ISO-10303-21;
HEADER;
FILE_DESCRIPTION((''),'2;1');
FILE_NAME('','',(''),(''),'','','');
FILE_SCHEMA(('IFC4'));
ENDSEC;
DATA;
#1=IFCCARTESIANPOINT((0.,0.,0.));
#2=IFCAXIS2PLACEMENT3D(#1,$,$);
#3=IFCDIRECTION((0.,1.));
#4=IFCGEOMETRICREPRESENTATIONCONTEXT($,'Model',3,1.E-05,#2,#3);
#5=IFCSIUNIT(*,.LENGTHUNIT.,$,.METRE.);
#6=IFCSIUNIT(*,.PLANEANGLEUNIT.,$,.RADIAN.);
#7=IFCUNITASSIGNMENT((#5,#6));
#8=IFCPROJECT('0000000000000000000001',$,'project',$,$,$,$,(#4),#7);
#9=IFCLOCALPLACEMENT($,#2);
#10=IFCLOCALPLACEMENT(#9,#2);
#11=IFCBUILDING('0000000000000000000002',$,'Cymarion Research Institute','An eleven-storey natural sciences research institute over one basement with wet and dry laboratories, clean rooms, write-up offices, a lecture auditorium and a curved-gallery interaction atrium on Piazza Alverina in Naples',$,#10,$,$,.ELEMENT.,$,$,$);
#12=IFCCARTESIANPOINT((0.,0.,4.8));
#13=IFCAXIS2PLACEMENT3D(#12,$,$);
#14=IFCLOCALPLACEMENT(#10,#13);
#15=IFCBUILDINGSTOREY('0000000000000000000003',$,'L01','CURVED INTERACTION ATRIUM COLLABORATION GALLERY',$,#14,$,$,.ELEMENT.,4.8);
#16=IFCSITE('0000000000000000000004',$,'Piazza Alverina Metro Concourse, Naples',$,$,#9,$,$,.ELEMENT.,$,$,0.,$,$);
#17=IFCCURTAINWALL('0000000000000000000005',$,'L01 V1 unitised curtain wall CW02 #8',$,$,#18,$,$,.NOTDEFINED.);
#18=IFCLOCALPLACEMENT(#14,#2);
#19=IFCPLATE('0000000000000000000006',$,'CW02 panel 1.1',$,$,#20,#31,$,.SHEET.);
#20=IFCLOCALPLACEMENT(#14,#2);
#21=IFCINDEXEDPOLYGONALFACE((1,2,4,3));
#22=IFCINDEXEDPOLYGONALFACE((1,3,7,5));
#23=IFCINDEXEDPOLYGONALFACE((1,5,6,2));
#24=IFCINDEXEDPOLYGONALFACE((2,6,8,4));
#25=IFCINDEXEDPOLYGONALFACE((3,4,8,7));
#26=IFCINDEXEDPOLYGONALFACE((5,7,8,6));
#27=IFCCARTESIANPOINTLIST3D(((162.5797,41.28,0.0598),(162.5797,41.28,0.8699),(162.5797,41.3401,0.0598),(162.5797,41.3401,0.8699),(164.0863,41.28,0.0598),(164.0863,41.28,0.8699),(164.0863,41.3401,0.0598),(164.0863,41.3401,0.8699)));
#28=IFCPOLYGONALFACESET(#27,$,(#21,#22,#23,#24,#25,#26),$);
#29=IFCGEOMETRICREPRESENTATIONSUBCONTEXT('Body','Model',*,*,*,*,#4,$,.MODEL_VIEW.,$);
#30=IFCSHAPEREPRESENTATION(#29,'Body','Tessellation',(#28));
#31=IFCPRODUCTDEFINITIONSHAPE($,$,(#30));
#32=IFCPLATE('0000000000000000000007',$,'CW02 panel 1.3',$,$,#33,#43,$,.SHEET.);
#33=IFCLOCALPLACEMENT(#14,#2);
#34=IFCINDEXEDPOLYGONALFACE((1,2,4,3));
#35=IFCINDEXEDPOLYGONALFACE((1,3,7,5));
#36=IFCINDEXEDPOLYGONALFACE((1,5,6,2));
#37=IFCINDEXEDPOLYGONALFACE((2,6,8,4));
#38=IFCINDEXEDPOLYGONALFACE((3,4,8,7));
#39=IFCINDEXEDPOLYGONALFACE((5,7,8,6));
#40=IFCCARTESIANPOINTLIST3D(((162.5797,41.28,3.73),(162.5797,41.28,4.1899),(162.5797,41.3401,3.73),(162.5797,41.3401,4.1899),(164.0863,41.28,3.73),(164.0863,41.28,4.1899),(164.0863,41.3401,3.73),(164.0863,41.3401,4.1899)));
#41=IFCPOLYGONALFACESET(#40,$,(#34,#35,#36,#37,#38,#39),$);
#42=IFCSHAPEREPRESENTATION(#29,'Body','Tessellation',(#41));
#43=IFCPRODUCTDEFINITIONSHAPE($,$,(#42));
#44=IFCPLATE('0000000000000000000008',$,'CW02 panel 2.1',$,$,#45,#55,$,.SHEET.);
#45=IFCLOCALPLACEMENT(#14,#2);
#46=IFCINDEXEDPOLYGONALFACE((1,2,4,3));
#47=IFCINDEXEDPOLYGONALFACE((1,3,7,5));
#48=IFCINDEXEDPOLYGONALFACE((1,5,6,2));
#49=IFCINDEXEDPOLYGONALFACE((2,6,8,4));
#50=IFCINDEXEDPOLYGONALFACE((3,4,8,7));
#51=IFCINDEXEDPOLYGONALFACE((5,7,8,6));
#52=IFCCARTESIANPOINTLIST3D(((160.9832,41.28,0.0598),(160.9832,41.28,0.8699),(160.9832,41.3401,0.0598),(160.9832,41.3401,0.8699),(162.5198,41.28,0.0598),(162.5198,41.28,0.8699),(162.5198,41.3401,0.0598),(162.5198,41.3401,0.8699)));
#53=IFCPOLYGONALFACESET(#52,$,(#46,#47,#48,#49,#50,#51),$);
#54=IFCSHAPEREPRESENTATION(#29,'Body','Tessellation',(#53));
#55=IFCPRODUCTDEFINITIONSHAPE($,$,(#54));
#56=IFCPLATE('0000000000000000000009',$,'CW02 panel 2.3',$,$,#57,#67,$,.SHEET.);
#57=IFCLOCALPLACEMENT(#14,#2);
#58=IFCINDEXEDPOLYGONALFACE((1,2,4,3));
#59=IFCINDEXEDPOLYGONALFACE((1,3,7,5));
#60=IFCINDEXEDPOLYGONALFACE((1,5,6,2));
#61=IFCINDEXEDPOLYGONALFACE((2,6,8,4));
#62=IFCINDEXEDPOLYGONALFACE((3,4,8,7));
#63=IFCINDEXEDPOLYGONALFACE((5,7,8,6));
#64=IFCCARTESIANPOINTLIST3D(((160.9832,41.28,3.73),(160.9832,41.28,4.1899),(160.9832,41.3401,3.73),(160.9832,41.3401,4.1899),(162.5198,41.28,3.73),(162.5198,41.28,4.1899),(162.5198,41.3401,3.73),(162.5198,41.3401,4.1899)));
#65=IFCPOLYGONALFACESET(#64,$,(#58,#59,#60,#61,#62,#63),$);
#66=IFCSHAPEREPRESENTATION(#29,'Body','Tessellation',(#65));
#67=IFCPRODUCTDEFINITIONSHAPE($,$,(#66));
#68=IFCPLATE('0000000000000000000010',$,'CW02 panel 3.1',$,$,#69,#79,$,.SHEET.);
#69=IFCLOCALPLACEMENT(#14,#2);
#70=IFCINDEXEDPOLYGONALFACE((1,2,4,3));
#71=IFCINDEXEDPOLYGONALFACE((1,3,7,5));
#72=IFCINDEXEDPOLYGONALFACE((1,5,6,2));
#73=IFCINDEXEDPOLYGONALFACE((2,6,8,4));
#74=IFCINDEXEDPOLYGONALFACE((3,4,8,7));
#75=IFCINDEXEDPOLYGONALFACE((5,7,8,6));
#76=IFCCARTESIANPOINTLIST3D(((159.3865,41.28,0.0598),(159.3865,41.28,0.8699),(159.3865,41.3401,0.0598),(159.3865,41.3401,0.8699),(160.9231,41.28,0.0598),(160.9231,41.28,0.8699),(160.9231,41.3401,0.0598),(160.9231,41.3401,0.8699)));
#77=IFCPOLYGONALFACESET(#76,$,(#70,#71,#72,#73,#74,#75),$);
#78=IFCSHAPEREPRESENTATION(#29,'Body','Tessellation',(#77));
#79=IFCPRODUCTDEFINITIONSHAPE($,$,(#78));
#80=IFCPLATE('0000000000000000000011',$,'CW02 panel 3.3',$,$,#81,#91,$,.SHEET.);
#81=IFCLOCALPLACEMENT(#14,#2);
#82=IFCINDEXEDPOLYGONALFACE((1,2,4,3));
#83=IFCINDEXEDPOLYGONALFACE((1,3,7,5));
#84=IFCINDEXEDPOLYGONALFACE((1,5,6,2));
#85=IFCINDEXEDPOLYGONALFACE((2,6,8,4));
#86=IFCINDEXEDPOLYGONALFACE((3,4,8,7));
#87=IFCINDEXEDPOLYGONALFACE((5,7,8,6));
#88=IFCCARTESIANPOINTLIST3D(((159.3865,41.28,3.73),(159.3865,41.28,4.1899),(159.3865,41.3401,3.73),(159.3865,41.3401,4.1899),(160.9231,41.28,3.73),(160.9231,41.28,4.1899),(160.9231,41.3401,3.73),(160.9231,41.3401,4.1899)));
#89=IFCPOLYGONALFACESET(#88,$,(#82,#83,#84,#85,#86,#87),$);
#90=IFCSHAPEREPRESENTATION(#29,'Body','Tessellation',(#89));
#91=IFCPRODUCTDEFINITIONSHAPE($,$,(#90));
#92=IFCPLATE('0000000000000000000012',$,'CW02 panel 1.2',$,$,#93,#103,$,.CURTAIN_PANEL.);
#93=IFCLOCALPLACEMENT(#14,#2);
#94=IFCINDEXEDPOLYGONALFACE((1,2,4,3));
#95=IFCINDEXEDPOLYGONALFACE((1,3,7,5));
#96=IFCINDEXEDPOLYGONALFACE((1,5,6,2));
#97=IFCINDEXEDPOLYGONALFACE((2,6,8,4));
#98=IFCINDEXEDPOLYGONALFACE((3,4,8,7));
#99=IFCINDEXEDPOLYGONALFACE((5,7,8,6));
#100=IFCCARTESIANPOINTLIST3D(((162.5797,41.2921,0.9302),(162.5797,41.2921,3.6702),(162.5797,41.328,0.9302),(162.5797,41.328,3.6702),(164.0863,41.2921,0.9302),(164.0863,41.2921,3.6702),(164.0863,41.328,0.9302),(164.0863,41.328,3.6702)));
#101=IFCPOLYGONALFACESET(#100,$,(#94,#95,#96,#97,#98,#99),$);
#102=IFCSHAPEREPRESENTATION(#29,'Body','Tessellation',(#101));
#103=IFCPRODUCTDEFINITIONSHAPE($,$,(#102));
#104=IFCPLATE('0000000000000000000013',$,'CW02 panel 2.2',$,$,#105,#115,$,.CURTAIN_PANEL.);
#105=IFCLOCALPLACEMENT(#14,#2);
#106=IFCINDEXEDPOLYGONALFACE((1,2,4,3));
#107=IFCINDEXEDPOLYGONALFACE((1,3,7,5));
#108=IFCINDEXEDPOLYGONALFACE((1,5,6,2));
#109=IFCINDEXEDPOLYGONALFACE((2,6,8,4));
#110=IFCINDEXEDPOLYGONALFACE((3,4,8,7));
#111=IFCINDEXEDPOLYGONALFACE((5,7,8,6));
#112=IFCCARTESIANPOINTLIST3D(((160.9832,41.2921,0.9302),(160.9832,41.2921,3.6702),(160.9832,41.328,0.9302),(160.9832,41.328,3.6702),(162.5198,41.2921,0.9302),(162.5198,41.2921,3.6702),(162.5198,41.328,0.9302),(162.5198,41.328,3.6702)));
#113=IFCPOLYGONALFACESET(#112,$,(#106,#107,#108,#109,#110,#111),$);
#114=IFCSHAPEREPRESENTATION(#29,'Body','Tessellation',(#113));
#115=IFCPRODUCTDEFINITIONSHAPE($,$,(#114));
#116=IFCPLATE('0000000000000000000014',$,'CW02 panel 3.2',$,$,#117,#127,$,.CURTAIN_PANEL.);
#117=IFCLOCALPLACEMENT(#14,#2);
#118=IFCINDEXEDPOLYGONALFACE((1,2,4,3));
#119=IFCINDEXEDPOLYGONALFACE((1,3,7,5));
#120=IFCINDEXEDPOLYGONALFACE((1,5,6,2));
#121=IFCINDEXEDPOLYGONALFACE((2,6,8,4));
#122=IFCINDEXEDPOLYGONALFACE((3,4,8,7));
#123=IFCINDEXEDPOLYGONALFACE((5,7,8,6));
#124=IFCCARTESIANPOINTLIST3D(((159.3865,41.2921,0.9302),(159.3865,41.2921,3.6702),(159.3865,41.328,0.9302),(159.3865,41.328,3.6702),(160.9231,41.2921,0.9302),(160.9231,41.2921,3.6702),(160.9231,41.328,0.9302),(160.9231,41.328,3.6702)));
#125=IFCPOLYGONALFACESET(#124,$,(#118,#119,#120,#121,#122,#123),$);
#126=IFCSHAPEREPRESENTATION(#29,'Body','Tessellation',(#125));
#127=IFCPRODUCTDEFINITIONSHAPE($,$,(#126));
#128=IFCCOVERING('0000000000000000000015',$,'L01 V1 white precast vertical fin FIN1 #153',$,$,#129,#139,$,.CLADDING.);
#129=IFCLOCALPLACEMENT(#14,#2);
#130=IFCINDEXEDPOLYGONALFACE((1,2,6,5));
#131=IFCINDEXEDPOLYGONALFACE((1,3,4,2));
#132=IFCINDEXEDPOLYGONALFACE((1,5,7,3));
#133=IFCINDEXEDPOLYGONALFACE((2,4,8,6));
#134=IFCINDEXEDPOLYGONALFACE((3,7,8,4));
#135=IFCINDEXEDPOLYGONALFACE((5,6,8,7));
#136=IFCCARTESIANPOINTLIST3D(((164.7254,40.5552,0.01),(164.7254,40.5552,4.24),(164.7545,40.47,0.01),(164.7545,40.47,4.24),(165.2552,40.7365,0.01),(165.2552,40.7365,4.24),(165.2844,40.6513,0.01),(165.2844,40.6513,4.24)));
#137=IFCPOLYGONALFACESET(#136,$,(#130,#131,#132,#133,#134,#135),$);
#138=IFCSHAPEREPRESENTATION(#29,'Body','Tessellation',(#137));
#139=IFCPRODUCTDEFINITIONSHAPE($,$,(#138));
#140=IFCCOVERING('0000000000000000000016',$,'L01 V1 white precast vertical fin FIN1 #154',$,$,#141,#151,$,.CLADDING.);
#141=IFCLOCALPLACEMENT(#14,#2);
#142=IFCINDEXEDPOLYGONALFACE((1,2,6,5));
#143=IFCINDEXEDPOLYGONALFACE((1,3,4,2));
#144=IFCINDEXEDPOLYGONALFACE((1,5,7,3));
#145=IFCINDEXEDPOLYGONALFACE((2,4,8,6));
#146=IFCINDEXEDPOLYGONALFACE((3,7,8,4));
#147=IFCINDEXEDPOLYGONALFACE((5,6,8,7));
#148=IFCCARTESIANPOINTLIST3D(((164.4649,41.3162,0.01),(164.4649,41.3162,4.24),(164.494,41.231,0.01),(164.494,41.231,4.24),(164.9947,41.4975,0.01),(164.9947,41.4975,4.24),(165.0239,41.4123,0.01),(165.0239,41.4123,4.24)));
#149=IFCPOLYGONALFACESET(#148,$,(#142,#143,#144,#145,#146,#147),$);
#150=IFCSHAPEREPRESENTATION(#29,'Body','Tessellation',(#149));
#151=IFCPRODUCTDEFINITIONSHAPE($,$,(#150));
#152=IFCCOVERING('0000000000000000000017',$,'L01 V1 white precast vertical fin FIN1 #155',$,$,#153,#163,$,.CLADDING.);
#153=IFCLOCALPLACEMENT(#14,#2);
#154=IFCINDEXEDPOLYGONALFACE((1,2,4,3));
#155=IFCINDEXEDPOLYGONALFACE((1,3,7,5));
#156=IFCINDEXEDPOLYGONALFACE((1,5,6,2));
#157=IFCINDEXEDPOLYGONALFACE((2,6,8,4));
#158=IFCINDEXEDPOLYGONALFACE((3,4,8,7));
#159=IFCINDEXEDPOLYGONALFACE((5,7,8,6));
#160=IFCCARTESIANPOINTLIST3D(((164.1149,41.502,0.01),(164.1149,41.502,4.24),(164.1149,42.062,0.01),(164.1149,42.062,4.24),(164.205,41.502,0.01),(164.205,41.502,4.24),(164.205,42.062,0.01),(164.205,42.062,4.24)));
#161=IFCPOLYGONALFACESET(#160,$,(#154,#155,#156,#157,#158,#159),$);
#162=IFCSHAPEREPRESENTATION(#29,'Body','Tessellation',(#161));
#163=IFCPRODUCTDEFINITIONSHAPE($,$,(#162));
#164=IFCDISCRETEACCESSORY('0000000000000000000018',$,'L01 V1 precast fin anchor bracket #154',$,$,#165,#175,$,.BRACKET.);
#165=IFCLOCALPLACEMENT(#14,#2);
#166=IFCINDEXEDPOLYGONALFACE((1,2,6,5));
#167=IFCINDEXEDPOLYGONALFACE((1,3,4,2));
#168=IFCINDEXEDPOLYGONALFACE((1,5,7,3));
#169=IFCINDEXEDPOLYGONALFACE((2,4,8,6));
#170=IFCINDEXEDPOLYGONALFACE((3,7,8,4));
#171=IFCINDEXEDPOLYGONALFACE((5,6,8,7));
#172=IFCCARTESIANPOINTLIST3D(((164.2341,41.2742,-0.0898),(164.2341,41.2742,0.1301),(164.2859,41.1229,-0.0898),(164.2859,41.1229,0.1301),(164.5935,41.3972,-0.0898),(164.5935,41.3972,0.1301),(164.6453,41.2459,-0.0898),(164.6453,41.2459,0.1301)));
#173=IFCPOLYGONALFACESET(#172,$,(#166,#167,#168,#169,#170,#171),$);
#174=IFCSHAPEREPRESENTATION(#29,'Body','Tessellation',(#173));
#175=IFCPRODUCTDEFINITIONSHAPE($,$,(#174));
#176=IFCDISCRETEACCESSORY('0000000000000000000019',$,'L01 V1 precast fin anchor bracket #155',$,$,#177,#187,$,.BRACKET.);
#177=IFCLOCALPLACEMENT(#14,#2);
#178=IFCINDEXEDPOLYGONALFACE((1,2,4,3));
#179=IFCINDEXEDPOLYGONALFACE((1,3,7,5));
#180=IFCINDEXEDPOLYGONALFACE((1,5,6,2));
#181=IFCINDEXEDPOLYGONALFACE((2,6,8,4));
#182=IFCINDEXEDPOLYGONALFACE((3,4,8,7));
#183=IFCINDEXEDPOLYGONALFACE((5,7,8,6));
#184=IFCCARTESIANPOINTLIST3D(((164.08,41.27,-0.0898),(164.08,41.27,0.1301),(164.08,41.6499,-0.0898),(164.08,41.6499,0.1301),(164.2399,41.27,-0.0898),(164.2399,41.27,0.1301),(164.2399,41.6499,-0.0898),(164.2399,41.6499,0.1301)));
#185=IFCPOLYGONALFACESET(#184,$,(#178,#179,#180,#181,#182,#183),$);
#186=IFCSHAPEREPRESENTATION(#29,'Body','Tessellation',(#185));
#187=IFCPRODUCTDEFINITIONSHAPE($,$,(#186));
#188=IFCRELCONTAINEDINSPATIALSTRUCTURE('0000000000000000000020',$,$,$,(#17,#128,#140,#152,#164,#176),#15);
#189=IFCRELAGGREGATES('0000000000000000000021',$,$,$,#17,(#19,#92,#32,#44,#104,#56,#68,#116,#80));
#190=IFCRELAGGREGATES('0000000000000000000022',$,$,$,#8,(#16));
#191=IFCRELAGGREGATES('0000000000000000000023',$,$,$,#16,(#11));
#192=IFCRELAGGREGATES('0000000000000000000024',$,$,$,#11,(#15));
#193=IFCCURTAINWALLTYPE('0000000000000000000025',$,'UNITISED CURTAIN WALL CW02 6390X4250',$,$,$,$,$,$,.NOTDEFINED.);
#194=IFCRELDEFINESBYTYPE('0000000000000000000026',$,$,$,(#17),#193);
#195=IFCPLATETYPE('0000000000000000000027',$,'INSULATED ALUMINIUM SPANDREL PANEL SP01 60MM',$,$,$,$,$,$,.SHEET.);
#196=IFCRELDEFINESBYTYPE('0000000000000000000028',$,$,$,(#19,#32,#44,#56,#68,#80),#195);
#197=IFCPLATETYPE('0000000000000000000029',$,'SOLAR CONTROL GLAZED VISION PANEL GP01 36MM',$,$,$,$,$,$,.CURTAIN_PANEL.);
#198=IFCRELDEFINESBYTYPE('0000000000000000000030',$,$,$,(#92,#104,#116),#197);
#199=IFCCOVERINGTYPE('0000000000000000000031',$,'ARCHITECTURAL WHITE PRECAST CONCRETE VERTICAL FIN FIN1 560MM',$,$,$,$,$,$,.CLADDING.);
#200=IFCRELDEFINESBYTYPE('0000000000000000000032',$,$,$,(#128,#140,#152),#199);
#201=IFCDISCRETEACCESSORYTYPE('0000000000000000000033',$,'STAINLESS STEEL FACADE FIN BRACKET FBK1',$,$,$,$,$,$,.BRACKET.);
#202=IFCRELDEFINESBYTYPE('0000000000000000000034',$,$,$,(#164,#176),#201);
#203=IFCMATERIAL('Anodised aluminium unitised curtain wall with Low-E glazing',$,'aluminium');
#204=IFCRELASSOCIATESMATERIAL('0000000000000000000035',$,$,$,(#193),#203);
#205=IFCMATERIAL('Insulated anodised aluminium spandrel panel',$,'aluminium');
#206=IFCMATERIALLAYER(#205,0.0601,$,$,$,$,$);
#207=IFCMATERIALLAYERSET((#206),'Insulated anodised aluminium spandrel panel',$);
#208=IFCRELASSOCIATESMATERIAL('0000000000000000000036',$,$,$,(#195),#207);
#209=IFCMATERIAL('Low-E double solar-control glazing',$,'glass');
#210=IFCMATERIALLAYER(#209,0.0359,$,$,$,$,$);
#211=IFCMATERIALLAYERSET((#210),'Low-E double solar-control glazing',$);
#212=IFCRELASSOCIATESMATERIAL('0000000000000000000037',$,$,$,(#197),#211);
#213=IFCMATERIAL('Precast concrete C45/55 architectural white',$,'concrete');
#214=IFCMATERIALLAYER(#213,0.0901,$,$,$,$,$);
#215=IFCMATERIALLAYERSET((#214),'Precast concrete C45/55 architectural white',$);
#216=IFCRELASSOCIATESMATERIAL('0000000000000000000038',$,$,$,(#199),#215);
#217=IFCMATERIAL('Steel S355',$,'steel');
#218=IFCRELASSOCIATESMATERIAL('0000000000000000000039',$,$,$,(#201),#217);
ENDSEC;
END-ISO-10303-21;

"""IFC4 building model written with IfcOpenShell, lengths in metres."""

from ifc_helpers import new_model, si_unit, direction, frame, origin, origin_2d, place, context, subcontext, project, spatial, rectangle, extrude, material, layer, layer_set, type_object, element, aggregate, save


model = new_model("IFC4")

# Units and contexts
model_context = context("Model", 3, precision=1e-05, world=origin(), true_north=direction((0.0, 1.0)))
body_context = subcontext(model_context, "Body", "Model", "MODEL_VIEW")
ifc_project = project(units=[si_unit("LENGTHUNIT", "METRE"), si_unit("PLANEANGLEUNIT", "RADIAN")], contexts=[model_context])

# Site, building, storey
site_placement = place(None, origin())
site = spatial("IfcSite", under=ifc_project, at=site_placement, Name="Piazza Alverina Metro Concourse, Naples", CompositionType="ELEMENT", RefElevation=0.0)
building_placement = place(site_placement, origin())
building = spatial("IfcBuilding", under=site, at=building_placement, Name="Cymarion Research Institute", Description="An eleven-storey natural sciences research institute over one basement with wet and dry laboratories, clean rooms, write-up offices, a lecture auditorium and a curved-gallery interaction atrium on Piazza Alverina in Naples", CompositionType="ELEMENT")
storey_placement = place(building_placement, frame((0.0, 0.0, 4.8)))
storey = spatial("IfcBuildingStorey", under=building, at=storey_placement, Name="L01", Description="CURVED INTERACTION ATRIUM COLLABORATION GALLERY", CompositionType="ELEMENT", Elevation=4.8)

# Curtain wall, plates
ifc_material_1 = material(Name="Anodised aluminium unitised curtain wall with Low-E glazing", Category="aluminium")
curtain_wall_type = type_object("IfcCurtainWallType", Name="UNITISED CURTAIN WALL CW02 6390X4250", PredefinedType="NOTDEFINED", material=ifc_material_1)
curtain_wall_placement = place(storey_placement, origin())
curtain_wall = element("IfcCurtainWall", 1, at=curtain_wall_placement, inside=storey, type_object=curtain_wall_type, Name="L01 V1 unitised curtain wall CW02 #8", PredefinedType="NOTDEFINED")
ifc_material_2 = material(Name="Insulated anodised aluminium spandrel panel", Category="aluminium")
ifc_layer_1 = layer(ifc_material_2, 0.0601)
ifc_layer_set_1 = layer_set([ifc_layer_1], Name="Insulated anodised aluminium spandrel panel")
plate_type_1 = type_object("IfcPlateType", Name="INSULATED ALUMINIUM SPANDREL PANEL SP01 60MM", PredefinedType="SHEET", material=ifc_layer_set_1)
plate_1_placement = place(storey_placement, frame((163.333, 41.3101, 0.0598), z_axis=(0.0, 0.0, 1.0), x_axis=(-1.0, 0.0, 0.0)))
plate_1 = element("IfcPlate", 2, at=plate_1_placement, type_object=plate_type_1, Name="CW02 panel 1.1", PredefinedType="SHEET", context=body_context, shape_type="SweptSolid", body=[
    extrude(rectangle(XDim=1.5066, YDim=0.0601, at=origin_2d()), origin(), (0.0, 0.0, 1.0), 0.8101),
])
plate_2_placement = place(storey_placement, frame((163.333, 41.3101, 3.73), z_axis=(0.0, 0.0, 1.0), x_axis=(-1.0, 0.0, 0.0)))
plate_2 = element("IfcPlate", 3, at=plate_2_placement, type_object=plate_type_1, Name="CW02 panel 1.3", PredefinedType="SHEET", context=body_context, shape_type="SweptSolid", body=[
    extrude(rectangle(XDim=1.5066, YDim=0.0601, at=origin_2d()), origin(), (0.0, 0.0, 1.0), 0.46),
])
plate_3_placement = place(storey_placement, frame((161.7515, 41.3101, 0.0598), z_axis=(0.0, 0.0, 1.0), x_axis=(-1.0, 0.0, 0.0)))
plate_3 = element("IfcPlate", 4, at=plate_3_placement, type_object=plate_type_1, Name="CW02 panel 2.1", PredefinedType="SHEET", context=body_context, shape_type="SweptSolid", body=[
    extrude(rectangle(XDim=1.5366, YDim=0.0601, at=origin_2d()), origin(), (0.0, 0.0, 1.0), 0.8101),
])
plate_4_placement = place(storey_placement, frame((161.7515, 41.3101, 3.73), z_axis=(0.0, 0.0, 1.0), x_axis=(-1.0, 0.0, 0.0)))
plate_4 = element("IfcPlate", 5, at=plate_4_placement, type_object=plate_type_1, Name="CW02 panel 2.3", PredefinedType="SHEET", context=body_context, shape_type="SweptSolid", body=[
    extrude(rectangle(XDim=1.5366, YDim=0.0601, at=origin_2d()), origin(), (0.0, 0.0, 1.0), 0.46),
])
plate_5_placement = place(storey_placement, frame((160.1548, 41.3101, 0.0598), z_axis=(0.0, 0.0, 1.0), x_axis=(-1.0, 0.0, 0.0)))
plate_5 = element("IfcPlate", 6, at=plate_5_placement, type_object=plate_type_1, Name="CW02 panel 3.1", PredefinedType="SHEET", context=body_context, shape_type="SweptSolid", body=[
    extrude(rectangle(XDim=1.5366, YDim=0.0601, at=origin_2d()), origin(), (0.0, 0.0, 1.0), 0.8101),
])
plate_6_placement = place(storey_placement, frame((160.1548, 41.3101, 3.73), z_axis=(0.0, 0.0, 1.0), x_axis=(-1.0, 0.0, 0.0)))
plate_6 = element("IfcPlate", 7, at=plate_6_placement, type_object=plate_type_1, Name="CW02 panel 3.3", PredefinedType="SHEET", context=body_context, shape_type="SweptSolid", body=[
    extrude(rectangle(XDim=1.5366, YDim=0.0601, at=origin_2d()), origin(), (0.0, 0.0, 1.0), 0.46),
])
ifc_material_3 = material(Name="Low-E double solar-control glazing", Category="glass")
ifc_layer_2 = layer(ifc_material_3, 0.0359)
ifc_layer_set_2 = layer_set([ifc_layer_2], Name="Low-E double solar-control glazing")
plate_type_2 = type_object("IfcPlateType", Name="SOLAR CONTROL GLAZED VISION PANEL GP01 36MM", PredefinedType="CURTAIN_PANEL", material=ifc_layer_set_2)
plate_7_placement = place(storey_placement, frame((163.333, 41.3101, 0.9302), z_axis=(0.0, 0.0, 1.0), x_axis=(-1.0, 0.0, 0.0)))
plate_7 = element("IfcPlate", 8, at=plate_7_placement, type_object=plate_type_2, Name="CW02 panel 1.2", PredefinedType="CURTAIN_PANEL", context=body_context, shape_type="SweptSolid", body=[
    extrude(rectangle(XDim=1.5066, YDim=0.0359, at=origin_2d()), origin(), (0.0, 0.0, 1.0), 2.74),
])
plate_8_placement = place(storey_placement, frame((161.7515, 41.3101, 0.9302), z_axis=(0.0, 0.0, 1.0), x_axis=(-1.0, 0.0, 0.0)))
plate_8 = element("IfcPlate", 9, at=plate_8_placement, type_object=plate_type_2, Name="CW02 panel 2.2", PredefinedType="CURTAIN_PANEL", context=body_context, shape_type="SweptSolid", body=[
    extrude(rectangle(XDim=1.5366, YDim=0.0359, at=origin_2d()), origin(), (0.0, 0.0, 1.0), 2.74),
])
plate_9_placement = place(storey_placement, frame((160.1548, 41.3101, 0.9302), z_axis=(0.0, 0.0, 1.0), x_axis=(-1.0, 0.0, 0.0)))
plate_9 = element("IfcPlate", 10, at=plate_9_placement, type_object=plate_type_2, Name="CW02 panel 3.2", PredefinedType="CURTAIN_PANEL", context=body_context, shape_type="SweptSolid", body=[
    extrude(rectangle(XDim=1.5366, YDim=0.0359, at=origin_2d()), origin(), (0.0, 0.0, 1.0), 2.74),
])
aggregate(curtain_wall, [plate_1, plate_7, plate_2, plate_3, plate_8, plate_4, plate_5, plate_9, plate_6])

# Coverings
ifc_material_4 = material(Name="Precast concrete C45/55 architectural white", Category="concrete")
ifc_layer_3 = layer(ifc_material_4, 0.0901)
ifc_layer_set_3 = layer_set([ifc_layer_3], Name="Precast concrete C45/55 architectural white")
covering_type = type_object("IfcCoveringType", Name="ARCHITECTURAL WHITE PRECAST CONCRETE VERTICAL FIN FIN1 560MM", PredefinedType="CLADDING", material=ifc_layer_set_3)
for number, where, z_axis, x_axis, name in (
    (11, (165.0049, 40.6033, 0.01), (0.0, 0.0, 1.0), (0.946142, 0.323752, 0.0), "L01 V1 white precast vertical fin FIN1 #153"),
    (12, (164.7444, 41.3643, 0.01), (0.0, 0.0, 1.0), (0.946142, 0.323752, 0.0), "L01 V1 white precast vertical fin FIN1 #154"),
    (13, (164.1599, 41.782, 0.01), (0.0, 0.0, 1.0), (0.0, 1.0, 0.0), "L01 V1 white precast vertical fin FIN1 #155"),
):
    element("IfcCovering", number, at=place(storey_placement, frame(where, z_axis=z_axis, x_axis=x_axis)), inside=storey, type_object=covering_type, Name=name, PredefinedType="CLADDING", context=body_context, shape_type="SweptSolid", body=[
        extrude(rectangle(XDim=0.5601, YDim=0.0901, at=origin_2d()), origin(), (0.0, 0.0, 1.0), 4.23),
    ])

# Discrete accessories
ifc_material_5 = material(Name="Steel S355", Category="steel")
discrete_accessory_type = type_object("IfcDiscreteAccessoryType", Name="STAINLESS STEEL FACADE FIN BRACKET FBK1", PredefinedType="BRACKET", material=ifc_material_5)
for number, where, z_axis, x_axis, name in (
    (14, (164.4397, 41.26, -0.0898), (0.0, 0.0, 1.0), (0.946142, 0.323752, 0.0), "L01 V1 precast fin anchor bracket #154"),
    (15, (164.1599, 41.46, -0.0898), (0.0, 0.0, 1.0), (0.0, 1.0, 0.0), "L01 V1 precast fin anchor bracket #155"),
):
    element("IfcDiscreteAccessory", number, at=place(storey_placement, frame(where, z_axis=z_axis, x_axis=x_axis)), inside=storey, type_object=discrete_accessory_type, Name=name, PredefinedType="BRACKET", context=body_context, shape_type="SweptSolid", body=[
        extrude(rectangle(XDim=0.3799, YDim=0.1599, at=origin_2d()), origin(), (0.0, 0.0, 1.0), 0.22),
    ])

save(model, "model.ifc")
